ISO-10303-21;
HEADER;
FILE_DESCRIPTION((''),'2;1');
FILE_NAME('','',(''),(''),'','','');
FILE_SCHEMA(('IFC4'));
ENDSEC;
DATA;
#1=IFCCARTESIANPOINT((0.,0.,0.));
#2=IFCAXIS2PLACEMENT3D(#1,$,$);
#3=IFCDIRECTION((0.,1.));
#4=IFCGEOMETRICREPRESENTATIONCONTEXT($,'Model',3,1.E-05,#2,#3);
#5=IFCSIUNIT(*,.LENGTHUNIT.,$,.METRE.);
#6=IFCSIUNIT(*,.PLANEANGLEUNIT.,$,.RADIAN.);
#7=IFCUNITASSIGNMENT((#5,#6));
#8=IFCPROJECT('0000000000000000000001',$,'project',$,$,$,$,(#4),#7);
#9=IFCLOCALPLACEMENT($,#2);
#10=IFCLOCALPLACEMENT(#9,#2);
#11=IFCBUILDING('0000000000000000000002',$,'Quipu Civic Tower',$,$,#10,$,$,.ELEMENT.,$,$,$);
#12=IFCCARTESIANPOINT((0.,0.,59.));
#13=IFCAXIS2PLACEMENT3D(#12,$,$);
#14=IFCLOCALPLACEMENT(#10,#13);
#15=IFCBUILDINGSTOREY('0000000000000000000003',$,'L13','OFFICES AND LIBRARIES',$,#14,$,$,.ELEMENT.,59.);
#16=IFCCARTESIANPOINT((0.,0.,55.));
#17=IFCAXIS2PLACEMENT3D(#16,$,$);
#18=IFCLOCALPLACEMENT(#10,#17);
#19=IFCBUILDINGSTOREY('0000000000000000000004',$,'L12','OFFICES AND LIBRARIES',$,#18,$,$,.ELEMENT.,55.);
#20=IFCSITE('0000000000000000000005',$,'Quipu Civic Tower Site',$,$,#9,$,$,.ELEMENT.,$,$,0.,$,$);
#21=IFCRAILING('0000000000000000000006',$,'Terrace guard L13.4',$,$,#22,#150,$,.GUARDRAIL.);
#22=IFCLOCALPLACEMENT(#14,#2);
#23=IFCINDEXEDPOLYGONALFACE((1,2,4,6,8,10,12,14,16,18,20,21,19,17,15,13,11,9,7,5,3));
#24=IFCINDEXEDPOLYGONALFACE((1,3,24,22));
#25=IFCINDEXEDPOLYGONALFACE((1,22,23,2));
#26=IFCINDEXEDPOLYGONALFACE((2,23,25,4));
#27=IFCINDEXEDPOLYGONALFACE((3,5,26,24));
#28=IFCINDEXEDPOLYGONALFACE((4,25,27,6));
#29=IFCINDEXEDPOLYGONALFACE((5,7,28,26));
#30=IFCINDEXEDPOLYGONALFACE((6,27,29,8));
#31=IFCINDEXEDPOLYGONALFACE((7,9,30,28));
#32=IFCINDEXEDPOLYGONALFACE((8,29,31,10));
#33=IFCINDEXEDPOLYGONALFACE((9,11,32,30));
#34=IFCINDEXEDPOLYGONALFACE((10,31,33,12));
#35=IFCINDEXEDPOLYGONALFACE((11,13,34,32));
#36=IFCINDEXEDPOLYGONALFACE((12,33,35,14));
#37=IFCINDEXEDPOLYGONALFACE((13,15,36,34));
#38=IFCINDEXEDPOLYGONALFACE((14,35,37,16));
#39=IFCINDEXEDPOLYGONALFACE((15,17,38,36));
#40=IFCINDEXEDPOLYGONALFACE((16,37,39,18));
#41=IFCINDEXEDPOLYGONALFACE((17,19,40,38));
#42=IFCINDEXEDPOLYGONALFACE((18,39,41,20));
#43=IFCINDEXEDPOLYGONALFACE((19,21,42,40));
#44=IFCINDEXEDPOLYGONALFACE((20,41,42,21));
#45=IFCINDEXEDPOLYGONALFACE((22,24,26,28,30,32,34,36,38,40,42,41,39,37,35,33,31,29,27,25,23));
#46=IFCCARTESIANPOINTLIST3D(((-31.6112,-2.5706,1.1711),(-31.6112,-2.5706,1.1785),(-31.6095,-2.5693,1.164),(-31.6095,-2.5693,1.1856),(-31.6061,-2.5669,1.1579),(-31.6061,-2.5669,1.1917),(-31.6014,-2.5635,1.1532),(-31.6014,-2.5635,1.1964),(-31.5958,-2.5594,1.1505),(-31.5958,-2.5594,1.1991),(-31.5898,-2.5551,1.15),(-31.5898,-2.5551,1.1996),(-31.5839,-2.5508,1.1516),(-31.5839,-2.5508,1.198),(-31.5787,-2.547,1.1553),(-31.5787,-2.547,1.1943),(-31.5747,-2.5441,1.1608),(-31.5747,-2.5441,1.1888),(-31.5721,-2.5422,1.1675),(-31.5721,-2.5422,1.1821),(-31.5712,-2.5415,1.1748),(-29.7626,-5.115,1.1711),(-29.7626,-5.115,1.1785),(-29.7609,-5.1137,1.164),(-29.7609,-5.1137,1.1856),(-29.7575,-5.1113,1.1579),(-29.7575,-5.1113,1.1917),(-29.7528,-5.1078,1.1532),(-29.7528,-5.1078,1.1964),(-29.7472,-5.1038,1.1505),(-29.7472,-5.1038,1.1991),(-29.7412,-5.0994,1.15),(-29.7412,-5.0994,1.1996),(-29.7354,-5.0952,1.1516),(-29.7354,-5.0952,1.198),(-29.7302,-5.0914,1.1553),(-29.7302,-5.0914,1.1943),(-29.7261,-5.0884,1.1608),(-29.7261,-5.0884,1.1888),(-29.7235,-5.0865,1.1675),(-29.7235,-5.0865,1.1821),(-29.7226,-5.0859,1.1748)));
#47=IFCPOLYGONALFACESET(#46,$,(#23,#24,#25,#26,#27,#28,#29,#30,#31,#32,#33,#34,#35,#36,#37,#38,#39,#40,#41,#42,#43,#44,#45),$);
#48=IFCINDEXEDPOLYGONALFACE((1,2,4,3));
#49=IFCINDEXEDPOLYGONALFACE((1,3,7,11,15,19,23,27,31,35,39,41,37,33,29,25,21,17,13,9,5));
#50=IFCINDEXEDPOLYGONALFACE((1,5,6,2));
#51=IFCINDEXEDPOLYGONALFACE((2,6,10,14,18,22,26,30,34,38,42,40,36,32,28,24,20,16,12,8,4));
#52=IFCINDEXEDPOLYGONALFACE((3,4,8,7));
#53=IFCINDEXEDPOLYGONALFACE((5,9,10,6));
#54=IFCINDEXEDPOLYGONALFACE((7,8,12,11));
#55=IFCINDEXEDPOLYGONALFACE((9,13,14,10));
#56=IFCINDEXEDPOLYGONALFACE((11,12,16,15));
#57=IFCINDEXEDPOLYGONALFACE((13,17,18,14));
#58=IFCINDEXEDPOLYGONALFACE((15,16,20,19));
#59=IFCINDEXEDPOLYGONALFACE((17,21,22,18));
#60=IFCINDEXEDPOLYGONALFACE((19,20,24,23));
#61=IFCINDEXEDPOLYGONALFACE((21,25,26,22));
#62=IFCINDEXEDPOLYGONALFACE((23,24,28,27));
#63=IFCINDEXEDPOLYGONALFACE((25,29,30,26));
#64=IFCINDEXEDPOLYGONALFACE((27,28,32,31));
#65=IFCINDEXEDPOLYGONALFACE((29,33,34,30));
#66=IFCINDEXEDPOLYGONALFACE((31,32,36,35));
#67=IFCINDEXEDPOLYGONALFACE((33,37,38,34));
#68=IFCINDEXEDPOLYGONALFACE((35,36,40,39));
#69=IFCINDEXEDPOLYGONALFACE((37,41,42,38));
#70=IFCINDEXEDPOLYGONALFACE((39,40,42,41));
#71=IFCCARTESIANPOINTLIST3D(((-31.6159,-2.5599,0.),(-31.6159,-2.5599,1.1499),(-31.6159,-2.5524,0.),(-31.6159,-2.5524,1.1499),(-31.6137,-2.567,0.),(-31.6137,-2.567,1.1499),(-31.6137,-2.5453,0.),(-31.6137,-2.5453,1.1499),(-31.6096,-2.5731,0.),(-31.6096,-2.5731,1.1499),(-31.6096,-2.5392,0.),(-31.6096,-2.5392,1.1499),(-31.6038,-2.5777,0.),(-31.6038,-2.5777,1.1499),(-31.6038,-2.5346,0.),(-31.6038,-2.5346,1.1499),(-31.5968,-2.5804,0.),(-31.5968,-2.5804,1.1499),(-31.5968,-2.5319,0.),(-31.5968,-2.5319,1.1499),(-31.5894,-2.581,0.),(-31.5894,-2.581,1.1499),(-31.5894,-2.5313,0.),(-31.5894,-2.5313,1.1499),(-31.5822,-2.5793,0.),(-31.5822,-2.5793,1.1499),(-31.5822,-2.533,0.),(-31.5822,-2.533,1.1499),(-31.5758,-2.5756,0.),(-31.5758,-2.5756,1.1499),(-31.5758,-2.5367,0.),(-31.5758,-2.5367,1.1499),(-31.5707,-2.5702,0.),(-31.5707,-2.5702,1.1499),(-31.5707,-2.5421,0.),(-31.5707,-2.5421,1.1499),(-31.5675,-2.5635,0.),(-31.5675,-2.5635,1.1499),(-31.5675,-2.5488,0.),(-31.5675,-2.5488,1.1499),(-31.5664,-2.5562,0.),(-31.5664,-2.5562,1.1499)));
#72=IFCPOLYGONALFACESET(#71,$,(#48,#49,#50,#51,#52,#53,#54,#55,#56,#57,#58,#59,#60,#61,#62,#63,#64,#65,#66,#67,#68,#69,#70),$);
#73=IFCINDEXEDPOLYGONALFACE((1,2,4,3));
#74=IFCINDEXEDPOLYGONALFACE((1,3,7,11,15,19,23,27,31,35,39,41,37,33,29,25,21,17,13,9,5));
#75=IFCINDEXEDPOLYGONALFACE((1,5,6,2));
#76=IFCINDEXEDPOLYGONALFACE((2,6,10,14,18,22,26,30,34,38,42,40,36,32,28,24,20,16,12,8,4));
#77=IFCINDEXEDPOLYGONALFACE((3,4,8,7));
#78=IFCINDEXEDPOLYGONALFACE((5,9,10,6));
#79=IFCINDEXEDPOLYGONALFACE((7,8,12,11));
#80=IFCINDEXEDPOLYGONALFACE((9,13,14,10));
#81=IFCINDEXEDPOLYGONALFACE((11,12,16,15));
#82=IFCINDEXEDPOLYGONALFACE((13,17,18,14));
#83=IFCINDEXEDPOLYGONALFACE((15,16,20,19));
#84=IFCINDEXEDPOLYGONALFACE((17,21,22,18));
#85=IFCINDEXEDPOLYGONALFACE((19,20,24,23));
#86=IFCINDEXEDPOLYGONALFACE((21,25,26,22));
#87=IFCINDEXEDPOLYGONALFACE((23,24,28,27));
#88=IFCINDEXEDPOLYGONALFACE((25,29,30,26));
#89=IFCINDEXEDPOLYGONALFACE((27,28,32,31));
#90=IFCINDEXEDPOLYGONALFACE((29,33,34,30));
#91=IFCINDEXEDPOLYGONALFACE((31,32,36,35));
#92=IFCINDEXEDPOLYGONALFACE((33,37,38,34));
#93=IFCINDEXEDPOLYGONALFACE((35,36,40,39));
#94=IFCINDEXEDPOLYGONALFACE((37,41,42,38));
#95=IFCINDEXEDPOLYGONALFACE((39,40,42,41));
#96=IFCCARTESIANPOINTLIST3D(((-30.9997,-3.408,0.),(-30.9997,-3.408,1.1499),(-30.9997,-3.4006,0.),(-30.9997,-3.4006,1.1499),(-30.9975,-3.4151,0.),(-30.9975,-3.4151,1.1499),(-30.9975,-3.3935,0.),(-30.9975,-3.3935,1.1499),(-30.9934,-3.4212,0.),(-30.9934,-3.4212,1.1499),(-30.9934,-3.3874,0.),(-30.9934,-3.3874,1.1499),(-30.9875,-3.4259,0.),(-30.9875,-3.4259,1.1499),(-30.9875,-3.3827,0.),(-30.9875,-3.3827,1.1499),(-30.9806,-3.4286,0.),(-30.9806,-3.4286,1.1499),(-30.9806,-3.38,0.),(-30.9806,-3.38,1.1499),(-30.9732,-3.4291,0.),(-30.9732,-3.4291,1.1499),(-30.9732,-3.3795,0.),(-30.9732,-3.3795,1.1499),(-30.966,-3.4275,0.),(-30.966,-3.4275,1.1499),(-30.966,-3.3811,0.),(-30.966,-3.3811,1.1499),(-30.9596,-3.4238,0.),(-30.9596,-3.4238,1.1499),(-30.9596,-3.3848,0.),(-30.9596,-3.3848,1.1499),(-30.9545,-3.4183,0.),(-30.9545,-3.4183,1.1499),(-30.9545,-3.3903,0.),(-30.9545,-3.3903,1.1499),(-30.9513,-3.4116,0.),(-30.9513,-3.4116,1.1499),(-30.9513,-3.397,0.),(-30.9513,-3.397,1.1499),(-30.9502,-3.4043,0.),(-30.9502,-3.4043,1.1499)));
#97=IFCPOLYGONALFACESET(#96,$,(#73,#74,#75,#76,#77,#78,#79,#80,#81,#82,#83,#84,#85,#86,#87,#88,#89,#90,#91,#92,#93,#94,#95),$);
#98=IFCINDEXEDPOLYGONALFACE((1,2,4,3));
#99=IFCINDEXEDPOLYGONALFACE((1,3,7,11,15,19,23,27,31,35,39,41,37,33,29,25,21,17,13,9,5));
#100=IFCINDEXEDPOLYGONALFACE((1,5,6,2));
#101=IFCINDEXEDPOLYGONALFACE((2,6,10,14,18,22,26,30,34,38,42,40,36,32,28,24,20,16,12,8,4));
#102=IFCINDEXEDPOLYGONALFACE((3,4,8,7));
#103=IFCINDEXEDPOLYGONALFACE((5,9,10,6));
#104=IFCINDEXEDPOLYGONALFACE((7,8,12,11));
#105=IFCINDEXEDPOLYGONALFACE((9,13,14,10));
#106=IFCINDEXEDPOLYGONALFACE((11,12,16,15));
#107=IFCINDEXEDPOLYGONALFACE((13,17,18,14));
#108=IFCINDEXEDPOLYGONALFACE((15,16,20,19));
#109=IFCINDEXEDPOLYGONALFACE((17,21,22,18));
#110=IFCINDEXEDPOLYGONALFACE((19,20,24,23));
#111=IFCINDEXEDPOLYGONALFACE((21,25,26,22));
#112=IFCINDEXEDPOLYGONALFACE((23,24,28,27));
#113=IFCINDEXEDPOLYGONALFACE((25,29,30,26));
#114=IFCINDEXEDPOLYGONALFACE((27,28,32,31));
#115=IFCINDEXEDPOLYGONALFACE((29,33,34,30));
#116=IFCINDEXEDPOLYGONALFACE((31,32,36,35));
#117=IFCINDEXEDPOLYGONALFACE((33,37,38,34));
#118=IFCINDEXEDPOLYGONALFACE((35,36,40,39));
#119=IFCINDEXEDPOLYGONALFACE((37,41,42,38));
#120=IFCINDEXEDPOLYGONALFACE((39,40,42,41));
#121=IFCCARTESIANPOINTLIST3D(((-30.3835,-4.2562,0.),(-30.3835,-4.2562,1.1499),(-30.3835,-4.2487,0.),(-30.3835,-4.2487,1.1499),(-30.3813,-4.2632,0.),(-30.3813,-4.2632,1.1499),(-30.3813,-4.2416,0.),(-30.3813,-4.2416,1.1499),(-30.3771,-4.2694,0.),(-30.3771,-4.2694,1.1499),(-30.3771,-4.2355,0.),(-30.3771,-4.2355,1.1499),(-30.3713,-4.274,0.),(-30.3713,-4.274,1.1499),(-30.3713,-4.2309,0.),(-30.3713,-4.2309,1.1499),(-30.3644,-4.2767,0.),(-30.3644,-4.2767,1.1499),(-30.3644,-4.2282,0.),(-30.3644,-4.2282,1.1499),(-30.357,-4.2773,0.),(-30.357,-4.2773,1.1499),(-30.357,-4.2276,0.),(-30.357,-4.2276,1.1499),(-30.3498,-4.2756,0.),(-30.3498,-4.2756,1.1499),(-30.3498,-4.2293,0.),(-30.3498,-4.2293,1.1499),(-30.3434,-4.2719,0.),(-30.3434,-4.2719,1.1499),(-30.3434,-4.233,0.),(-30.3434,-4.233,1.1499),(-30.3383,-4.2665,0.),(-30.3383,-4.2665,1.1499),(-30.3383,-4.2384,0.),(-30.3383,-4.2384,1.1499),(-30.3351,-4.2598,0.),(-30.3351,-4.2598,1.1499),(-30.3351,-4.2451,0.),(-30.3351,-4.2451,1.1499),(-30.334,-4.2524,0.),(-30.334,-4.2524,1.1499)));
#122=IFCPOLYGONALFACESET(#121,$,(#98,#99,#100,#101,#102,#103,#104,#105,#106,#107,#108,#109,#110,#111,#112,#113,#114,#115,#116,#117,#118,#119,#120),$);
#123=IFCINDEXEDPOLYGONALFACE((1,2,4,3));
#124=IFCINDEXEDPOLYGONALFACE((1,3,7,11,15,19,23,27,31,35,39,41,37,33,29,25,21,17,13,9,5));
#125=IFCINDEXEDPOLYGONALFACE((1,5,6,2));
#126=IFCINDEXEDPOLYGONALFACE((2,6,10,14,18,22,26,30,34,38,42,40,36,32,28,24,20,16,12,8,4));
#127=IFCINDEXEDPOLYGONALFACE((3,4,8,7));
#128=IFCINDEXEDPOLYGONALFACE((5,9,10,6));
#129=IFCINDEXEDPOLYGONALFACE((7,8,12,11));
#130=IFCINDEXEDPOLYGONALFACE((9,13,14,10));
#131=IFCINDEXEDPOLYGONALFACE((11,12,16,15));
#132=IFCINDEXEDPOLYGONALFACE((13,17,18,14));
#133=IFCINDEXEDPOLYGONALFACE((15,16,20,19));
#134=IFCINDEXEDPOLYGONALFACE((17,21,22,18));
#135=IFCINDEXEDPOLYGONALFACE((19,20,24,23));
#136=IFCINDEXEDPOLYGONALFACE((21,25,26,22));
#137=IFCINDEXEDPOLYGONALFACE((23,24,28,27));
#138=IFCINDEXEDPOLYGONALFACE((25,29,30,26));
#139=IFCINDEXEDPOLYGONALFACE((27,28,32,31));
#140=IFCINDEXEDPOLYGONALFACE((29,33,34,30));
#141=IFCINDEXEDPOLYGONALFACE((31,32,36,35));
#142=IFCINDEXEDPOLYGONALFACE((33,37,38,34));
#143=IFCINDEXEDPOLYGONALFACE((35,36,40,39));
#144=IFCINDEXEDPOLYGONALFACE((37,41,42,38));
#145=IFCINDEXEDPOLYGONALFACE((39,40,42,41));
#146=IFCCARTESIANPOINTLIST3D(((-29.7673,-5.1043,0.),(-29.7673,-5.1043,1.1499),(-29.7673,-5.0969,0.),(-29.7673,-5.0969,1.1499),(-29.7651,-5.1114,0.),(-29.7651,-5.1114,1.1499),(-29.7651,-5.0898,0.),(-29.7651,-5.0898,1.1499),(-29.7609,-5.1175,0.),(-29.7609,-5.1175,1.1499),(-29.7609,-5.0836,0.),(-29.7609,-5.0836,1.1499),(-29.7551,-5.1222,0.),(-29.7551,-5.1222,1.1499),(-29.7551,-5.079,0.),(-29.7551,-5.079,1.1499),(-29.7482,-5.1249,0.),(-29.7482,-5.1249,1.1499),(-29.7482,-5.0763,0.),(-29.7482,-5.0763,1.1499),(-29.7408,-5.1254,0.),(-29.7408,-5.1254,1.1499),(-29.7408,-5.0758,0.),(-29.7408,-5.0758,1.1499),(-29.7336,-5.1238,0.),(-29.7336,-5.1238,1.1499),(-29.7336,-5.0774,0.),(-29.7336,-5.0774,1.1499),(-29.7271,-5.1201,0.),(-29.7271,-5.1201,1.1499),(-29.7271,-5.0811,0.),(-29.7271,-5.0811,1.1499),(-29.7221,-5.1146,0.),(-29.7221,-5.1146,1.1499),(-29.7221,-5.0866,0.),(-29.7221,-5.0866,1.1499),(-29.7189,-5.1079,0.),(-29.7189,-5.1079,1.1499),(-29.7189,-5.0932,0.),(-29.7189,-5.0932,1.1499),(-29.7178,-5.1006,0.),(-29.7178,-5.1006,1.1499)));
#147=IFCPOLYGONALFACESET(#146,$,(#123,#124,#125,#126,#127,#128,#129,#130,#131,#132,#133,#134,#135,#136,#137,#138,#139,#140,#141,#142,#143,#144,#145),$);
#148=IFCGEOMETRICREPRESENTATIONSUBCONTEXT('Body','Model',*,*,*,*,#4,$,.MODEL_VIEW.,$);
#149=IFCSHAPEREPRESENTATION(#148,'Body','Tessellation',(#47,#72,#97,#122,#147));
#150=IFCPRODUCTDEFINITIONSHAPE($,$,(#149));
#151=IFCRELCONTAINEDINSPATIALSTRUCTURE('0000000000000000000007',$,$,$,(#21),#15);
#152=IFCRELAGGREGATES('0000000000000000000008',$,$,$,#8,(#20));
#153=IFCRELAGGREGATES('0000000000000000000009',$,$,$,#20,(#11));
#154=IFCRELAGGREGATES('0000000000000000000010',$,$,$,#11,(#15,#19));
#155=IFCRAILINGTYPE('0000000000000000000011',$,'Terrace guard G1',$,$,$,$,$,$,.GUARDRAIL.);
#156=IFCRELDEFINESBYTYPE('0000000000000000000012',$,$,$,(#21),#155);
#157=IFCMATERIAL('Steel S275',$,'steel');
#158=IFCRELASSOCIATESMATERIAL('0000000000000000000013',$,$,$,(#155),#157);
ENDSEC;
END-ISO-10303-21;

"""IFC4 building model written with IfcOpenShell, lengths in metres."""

from ifc_helpers import new_model, si_unit, direction, frame, origin, origin_2d, place, context, subcontext, project, spatial, circle, extrude, material, type_object, element, save


model = new_model("IFC4")

# Units and contexts
model_context = context("Model", 3, precision=1e-05, world=origin(), true_north=direction((0.0, 1.0)))
body_context = subcontext(model_context, "Body", "Model", "MODEL_VIEW")
ifc_project = project(units=[si_unit("LENGTHUNIT", "METRE"), si_unit("PLANEANGLEUNIT", "RADIAN")], contexts=[model_context])

# Site, building, storey
site_placement = place(None, origin())
site = spatial("IfcSite", under=ifc_project, at=site_placement, Name="Quipu Civic Tower Site", CompositionType="ELEMENT", RefElevation=0.0)
building_placement = place(site_placement, origin())
building = spatial("IfcBuilding", under=site, at=building_placement, Name="Quipu Civic Tower", CompositionType="ELEMENT")
storey_1_placement = place(building_placement, frame((0.0, 0.0, 59.0)))
storey_1 = spatial("IfcBuildingStorey", under=building, at=storey_1_placement, Name="L13", Description="OFFICES AND LIBRARIES", CompositionType="ELEMENT", Elevation=59.0)

# Shared definitions
storey_2_placement = place(building_placement, frame((0.0, 0.0, 55.0)))
storey_2 = spatial("IfcBuildingStorey", under=building, at=storey_2_placement, Name="L12", Description="OFFICES AND LIBRARIES", CompositionType="ELEMENT", Elevation=55.0)

# Railing
ifc_material_1 = material(Name="Steel S275", Category="steel")
railing_type = type_object("IfcRailingType", Name="Terrace guard G1", PredefinedType="GUARDRAIL", material=ifc_material_1)
railing_1_placement = place(storey_1_placement, frame((-31.5913, -2.5562, 0.0)))
element("IfcRailing", 1, at=railing_1_placement, inside=storey_1, type_object=railing_type, Name="Terrace guard L13.4", PredefinedType="GUARDRAIL", context=body_context, shape_type="SweptSolid", body=[
    extrude(circle(Radius=0.0249, at=origin_2d()), frame((0.0, 0.0, 1.1748), z_axis=(0.587784, -0.809018, 0.0), x_axis=(0.809018, 0.587784, 0.0)), (0.0, 0.0, 1.0), 3.145),
    extrude(circle(Radius=0.0249, at=origin_2d()), origin(), (0.0, 0.0, 1.0), 1.1499),
    extrude(circle(Radius=0.0249, at=origin_2d()), frame((0.6162, -0.8481, 0.0)), (0.0, 0.0, 1.0), 1.1499),
    extrude(circle(Radius=0.0249, at=origin_2d()), frame((1.2324, -1.6963, 0.0)), (0.0, 0.0, 1.0), 1.1499),
    extrude(circle(Radius=0.0249, at=origin_2d()), frame((1.8486, -2.5444, 0.0)), (0.0, 0.0, 1.0), 1.1499),
])

save(model, "model.ifc")
